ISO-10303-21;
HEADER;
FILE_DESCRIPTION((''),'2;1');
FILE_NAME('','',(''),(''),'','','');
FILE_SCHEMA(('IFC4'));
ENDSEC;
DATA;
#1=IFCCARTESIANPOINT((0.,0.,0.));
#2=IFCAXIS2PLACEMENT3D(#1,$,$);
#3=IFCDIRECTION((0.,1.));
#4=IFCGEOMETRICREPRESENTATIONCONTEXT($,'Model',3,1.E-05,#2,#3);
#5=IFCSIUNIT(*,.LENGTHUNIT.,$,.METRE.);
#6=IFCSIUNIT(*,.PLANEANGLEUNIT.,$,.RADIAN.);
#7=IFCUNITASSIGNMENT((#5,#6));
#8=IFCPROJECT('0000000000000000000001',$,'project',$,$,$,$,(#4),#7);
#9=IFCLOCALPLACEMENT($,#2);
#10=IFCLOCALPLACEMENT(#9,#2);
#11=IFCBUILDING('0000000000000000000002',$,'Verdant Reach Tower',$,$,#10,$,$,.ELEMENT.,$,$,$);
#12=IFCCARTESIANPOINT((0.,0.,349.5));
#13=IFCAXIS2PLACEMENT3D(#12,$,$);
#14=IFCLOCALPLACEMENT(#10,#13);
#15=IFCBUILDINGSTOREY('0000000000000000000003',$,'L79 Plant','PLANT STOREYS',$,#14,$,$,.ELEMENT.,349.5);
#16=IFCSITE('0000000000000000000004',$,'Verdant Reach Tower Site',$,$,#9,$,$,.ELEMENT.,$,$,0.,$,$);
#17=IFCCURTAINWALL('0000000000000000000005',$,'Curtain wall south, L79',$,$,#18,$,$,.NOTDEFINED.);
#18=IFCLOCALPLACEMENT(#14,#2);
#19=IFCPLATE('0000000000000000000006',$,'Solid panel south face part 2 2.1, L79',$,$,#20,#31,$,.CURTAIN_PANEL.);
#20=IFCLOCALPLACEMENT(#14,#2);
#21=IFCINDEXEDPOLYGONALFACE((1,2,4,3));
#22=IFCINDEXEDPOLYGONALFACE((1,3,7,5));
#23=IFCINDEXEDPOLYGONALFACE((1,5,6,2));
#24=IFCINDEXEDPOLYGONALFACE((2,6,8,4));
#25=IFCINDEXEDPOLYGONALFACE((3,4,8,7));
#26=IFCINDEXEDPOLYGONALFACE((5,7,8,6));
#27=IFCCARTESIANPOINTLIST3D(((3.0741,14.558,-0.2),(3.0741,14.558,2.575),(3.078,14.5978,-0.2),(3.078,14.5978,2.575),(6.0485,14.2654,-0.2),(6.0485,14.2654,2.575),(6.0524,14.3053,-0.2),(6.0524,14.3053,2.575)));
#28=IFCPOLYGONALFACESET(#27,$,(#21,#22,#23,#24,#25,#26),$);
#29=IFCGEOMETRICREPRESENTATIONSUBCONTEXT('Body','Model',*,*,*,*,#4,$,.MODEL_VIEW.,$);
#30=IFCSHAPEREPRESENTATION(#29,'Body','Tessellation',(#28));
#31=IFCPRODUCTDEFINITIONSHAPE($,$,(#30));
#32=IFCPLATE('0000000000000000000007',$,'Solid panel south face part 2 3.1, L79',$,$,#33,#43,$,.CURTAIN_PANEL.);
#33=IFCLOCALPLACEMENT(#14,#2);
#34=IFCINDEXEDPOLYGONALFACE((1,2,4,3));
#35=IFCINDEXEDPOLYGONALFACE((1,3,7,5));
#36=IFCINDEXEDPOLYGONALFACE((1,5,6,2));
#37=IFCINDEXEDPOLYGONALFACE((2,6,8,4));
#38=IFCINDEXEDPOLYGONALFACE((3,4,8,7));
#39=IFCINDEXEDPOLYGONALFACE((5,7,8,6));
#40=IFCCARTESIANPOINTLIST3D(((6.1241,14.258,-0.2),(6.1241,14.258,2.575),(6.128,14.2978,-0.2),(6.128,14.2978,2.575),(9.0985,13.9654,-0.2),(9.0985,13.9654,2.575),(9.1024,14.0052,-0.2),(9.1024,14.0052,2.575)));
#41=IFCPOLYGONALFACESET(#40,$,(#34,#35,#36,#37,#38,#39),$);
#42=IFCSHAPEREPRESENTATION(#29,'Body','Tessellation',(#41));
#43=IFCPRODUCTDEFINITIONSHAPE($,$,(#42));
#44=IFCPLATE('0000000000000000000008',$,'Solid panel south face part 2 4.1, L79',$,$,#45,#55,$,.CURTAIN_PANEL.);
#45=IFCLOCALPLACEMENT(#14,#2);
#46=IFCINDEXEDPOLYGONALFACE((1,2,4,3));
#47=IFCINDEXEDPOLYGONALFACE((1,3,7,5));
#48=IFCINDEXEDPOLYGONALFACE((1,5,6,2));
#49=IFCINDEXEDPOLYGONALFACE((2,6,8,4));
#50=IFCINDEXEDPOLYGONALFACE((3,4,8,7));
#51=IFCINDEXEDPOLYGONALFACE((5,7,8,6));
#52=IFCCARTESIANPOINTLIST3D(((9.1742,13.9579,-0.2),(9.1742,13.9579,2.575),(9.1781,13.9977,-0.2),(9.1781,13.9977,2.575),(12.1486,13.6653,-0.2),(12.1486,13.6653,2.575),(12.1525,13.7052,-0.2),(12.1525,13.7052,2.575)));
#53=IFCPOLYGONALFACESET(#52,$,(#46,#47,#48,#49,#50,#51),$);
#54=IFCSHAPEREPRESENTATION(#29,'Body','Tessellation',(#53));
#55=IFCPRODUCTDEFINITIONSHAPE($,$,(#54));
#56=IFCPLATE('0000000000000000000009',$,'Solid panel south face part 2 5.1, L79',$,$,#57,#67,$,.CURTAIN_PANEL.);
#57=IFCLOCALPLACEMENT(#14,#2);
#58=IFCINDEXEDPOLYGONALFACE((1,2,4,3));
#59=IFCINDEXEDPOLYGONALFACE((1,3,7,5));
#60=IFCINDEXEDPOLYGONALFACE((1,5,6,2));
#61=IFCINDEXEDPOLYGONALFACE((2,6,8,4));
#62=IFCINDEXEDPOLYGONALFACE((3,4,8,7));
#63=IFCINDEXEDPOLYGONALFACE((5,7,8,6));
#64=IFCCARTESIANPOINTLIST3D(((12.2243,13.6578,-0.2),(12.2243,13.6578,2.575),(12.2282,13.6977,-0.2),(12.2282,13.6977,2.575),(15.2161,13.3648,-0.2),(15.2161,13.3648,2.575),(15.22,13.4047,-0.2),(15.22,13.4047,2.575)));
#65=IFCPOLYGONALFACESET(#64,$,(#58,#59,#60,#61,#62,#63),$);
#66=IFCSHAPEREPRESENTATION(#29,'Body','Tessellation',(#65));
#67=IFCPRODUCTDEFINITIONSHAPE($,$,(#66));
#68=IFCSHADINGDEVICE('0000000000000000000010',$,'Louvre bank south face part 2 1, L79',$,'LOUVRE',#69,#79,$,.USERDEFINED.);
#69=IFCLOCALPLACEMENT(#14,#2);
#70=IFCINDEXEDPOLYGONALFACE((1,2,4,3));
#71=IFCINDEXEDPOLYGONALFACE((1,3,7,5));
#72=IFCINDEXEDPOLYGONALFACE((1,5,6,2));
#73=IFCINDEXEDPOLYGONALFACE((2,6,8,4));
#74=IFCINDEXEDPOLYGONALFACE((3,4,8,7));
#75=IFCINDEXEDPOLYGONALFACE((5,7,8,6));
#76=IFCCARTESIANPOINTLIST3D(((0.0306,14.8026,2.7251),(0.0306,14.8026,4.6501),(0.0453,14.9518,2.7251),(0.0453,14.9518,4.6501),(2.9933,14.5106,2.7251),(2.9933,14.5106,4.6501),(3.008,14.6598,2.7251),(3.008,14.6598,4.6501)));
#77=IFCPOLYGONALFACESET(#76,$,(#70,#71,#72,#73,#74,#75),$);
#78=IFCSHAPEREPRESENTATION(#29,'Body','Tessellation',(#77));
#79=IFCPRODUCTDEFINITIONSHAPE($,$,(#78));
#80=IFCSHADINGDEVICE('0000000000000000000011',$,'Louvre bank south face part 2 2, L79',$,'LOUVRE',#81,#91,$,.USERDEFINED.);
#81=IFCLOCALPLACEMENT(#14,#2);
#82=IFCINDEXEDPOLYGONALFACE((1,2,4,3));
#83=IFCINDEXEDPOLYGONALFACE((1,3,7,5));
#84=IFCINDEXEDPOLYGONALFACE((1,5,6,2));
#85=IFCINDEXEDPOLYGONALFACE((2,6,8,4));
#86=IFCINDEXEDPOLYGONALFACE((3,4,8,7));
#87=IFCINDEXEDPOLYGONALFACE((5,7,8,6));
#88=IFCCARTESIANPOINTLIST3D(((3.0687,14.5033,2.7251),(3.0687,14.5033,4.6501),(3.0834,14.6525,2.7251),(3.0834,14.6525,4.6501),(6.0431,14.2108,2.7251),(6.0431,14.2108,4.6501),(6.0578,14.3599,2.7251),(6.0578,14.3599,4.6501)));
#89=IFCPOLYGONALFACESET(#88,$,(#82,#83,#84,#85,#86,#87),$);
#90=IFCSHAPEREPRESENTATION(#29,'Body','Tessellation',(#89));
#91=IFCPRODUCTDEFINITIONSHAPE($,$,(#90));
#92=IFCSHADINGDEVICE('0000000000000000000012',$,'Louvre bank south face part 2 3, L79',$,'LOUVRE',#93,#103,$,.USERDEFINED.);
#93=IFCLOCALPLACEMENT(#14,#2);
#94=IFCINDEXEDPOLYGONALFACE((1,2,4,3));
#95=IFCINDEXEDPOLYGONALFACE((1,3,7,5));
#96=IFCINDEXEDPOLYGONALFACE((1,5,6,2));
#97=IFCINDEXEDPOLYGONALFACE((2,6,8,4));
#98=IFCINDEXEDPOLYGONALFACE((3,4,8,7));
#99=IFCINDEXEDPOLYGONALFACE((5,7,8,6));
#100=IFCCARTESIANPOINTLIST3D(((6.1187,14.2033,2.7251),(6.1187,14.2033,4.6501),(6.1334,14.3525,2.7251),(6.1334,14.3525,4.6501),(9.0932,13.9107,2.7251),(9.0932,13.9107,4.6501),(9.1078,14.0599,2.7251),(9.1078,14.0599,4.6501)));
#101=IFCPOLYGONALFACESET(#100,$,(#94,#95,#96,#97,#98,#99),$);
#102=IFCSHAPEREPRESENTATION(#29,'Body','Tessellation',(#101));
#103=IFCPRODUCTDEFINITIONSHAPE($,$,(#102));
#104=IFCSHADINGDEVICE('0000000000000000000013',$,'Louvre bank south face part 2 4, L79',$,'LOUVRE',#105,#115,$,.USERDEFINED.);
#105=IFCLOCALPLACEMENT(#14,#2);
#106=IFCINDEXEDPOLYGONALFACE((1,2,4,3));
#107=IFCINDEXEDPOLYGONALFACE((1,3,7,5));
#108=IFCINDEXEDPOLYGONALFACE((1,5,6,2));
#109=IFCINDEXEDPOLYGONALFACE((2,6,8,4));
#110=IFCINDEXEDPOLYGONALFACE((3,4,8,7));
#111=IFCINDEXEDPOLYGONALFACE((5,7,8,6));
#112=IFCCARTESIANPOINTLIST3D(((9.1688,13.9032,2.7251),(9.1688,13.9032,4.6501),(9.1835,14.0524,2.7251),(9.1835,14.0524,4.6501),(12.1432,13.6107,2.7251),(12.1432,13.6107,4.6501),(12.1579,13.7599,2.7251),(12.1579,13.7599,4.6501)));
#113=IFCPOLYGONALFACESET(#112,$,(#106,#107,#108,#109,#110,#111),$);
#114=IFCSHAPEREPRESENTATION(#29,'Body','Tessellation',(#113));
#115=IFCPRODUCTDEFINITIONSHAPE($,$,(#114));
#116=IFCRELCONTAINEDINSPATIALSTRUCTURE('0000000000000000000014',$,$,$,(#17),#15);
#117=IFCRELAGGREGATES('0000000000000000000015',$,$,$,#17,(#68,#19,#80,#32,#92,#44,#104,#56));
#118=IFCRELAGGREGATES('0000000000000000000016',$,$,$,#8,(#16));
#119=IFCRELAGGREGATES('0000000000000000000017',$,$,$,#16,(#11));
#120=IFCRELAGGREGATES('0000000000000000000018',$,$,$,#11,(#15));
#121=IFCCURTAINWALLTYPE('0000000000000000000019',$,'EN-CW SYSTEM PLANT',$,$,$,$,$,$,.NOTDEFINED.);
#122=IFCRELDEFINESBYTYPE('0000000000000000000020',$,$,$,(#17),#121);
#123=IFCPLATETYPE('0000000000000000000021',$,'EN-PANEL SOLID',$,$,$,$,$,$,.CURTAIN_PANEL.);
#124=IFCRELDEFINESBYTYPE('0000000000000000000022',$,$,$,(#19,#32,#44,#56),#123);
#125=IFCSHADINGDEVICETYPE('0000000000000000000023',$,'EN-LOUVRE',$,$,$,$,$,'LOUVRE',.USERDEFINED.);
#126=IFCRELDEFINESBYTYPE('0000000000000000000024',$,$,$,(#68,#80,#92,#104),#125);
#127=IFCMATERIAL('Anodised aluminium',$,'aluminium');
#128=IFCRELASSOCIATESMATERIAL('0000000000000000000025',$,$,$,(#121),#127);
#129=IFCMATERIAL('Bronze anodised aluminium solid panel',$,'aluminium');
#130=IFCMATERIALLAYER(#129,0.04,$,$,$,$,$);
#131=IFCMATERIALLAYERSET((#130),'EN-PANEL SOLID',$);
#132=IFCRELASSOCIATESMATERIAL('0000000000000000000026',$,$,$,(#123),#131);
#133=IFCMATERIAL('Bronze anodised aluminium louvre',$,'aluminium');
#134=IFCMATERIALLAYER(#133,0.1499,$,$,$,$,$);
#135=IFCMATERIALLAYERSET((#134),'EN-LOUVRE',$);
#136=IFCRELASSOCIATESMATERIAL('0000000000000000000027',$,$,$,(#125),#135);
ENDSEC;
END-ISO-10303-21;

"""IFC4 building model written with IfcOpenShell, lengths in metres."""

from ifc_helpers import new_model, si_unit, direction, frame, origin, origin_2d, place, context, subcontext, project, spatial, rectangle, extrude, material, layer, layer_set, type_object, element, aggregate, save


model = new_model("IFC4")

# Units and contexts
model_context = context("Model", 3, precision=1e-05, world=origin(), true_north=direction((0.0, 1.0)))
body_context = subcontext(model_context, "Body", "Model", "MODEL_VIEW")
ifc_project = project(units=[si_unit("LENGTHUNIT", "METRE"), si_unit("PLANEANGLEUNIT", "RADIAN")], contexts=[model_context])

# Site, building, storey
site_placement = place(None, origin())
site = spatial("IfcSite", under=ifc_project, at=site_placement, Name="Verdant Reach Tower Site", CompositionType="ELEMENT", RefElevation=0.0)
building_placement = place(site_placement, origin())
building = spatial("IfcBuilding", under=site, at=building_placement, Name="Verdant Reach Tower", CompositionType="ELEMENT")
storey_placement = place(building_placement, frame((0.0, 0.0, 349.5)))
storey = spatial("IfcBuildingStorey", under=building, at=storey_placement, Name="L79 Plant", Description="PLANT STOREYS", CompositionType="ELEMENT", Elevation=349.5)

# Curtain wall
ifc_material_1 = material(Name="Anodised aluminium", Category="aluminium")
curtain_wall_type = type_object("IfcCurtainWallType", Name="EN-CW SYSTEM PLANT", PredefinedType="NOTDEFINED", material=ifc_material_1)
curtain_wall_placement = place(storey_placement, origin())
curtain_wall = element("IfcCurtainWall", 1, at=curtain_wall_placement, inside=storey, type_object=curtain_wall_type, Name="Curtain wall south, L79", PredefinedType="NOTDEFINED")

# Plates
ifc_material_2 = material(Name="Bronze anodised aluminium solid panel", Category="aluminium")
ifc_layer_1 = layer(ifc_material_2, 0.04)
ifc_layer_set_1 = layer_set([ifc_layer_1], Name="EN-PANEL SOLID")
plate_type = type_object("IfcPlateType", Name="EN-PANEL SOLID", PredefinedType="CURTAIN_PANEL", material=ifc_layer_set_1)
plate_1_placement = place(storey_placement, frame((4.5632, 14.4316, -0.2), z_axis=(0.0, 0.0, 1.0), x_axis=(0.995197, -0.097888, 0.0)))
plate_1 = element("IfcPlate", 2, at=plate_1_placement, type_object=plate_type, Name="Solid panel south face part 2 2.1, L79", PredefinedType="CURTAIN_PANEL", context=body_context, shape_type="SweptSolid", body=[
    extrude(rectangle(XDim=2.9888, YDim=0.04, at=origin_2d()), origin(), (0.0, 0.0, 1.0), 2.7749),
])
plate_2_placement = place(storey_placement, frame((7.6133, 14.1316, -0.2), z_axis=(0.0, 0.0, 1.0), x_axis=(0.995197, -0.097888, 0.0)))
plate_2 = element("IfcPlate", 3, at=plate_2_placement, type_object=plate_type, Name="Solid panel south face part 2 3.1, L79", PredefinedType="CURTAIN_PANEL", context=body_context, shape_type="SweptSolid", body=[
    extrude(rectangle(XDim=2.9888, YDim=0.04, at=origin_2d()), origin(), (0.0, 0.0, 1.0), 2.7749),
])
plate_3_placement = place(storey_placement, frame((10.6633, 13.8315, -0.2), z_axis=(0.0, 0.0, 1.0), x_axis=(0.995197, -0.097888, 0.0)))
plate_3 = element("IfcPlate", 4, at=plate_3_placement, type_object=plate_type, Name="Solid panel south face part 2 4.1, L79", PredefinedType="CURTAIN_PANEL", context=body_context, shape_type="SweptSolid", body=[
    extrude(rectangle(XDim=2.9888, YDim=0.04, at=origin_2d()), origin(), (0.0, 0.0, 1.0), 2.7749),
])
plate_4_placement = place(storey_placement, frame((13.7222, 13.5312, -0.2), z_axis=(0.0, 0.0, 1.0), x_axis=(0.995238, -0.097473, 0.0)))
plate_4 = element("IfcPlate", 5, at=plate_4_placement, type_object=plate_type, Name="Solid panel south face part 2 5.1, L79", PredefinedType="CURTAIN_PANEL", context=body_context, shape_type="SweptSolid", body=[
    extrude(rectangle(XDim=3.0061, YDim=0.04, at=origin_2d()), origin(), (0.0, 0.0, 1.0), 2.7749),
])

# Shading devices
ifc_material_3 = material(Name="Bronze anodised aluminium louvre", Category="aluminium")
ifc_layer_2 = layer(ifc_material_3, 0.1499)
ifc_layer_set_2 = layer_set([ifc_layer_2], Name="EN-LOUVRE")
shading_device_type = type_object("IfcShadingDeviceType", Name="EN-LOUVRE", ElementType="LOUVRE", PredefinedType="USERDEFINED", material=ifc_layer_set_2)
shading_device_1_placement = place(storey_placement, frame((1.5193, 14.7312, 2.7251), z_axis=(0.0, 0.0, 1.0), x_axis=(0.995179, -0.098075, 0.0)))
shading_device_1 = element("IfcShadingDevice", 6, at=shading_device_1_placement, type_object=shading_device_type, Name="Louvre bank south face part 2 1, L79", ObjectType="LOUVRE", PredefinedType="USERDEFINED", context=body_context, shape_type="SweptSolid", body=[
    extrude(rectangle(XDim=2.9771, YDim=0.1499, at=origin_2d()), origin(), (0.0, 0.0, 1.0), 1.925),
])
shading_device_2_placement = place(storey_placement, frame((4.5632, 14.4316, 2.7251), z_axis=(0.0, 0.0, 1.0), x_axis=(0.995197, -0.097888, 0.0)))
shading_device_2 = element("IfcShadingDevice", 7, at=shading_device_2_placement, type_object=shading_device_type, Name="Louvre bank south face part 2 2, L79", ObjectType="LOUVRE", PredefinedType="USERDEFINED", context=body_context, shape_type="SweptSolid", body=[
    extrude(rectangle(XDim=2.9888, YDim=0.1499, at=origin_2d()), origin(), (0.0, 0.0, 1.0), 1.925),
])
shading_device_3_placement = place(storey_placement, frame((7.6133, 14.1316, 2.7251), z_axis=(0.0, 0.0, 1.0), x_axis=(0.995197, -0.097888, 0.0)))
shading_device_3 = element("IfcShadingDevice", 8, at=shading_device_3_placement, type_object=shading_device_type, Name="Louvre bank south face part 2 3, L79", ObjectType="LOUVRE", PredefinedType="USERDEFINED", context=body_context, shape_type="SweptSolid", body=[
    extrude(rectangle(XDim=2.9888, YDim=0.1499, at=origin_2d()), origin(), (0.0, 0.0, 1.0), 1.925),
])
shading_device_4_placement = place(storey_placement, frame((10.6633, 13.8315, 2.7251), z_axis=(0.0, 0.0, 1.0), x_axis=(0.995197, -0.097888, 0.0)))
shading_device_4 = element("IfcShadingDevice", 9, at=shading_device_4_placement, type_object=shading_device_type, Name="Louvre bank south face part 2 4, L79", ObjectType="LOUVRE", PredefinedType="USERDEFINED", context=body_context, shape_type="SweptSolid", body=[
    extrude(rectangle(XDim=2.9888, YDim=0.1499, at=origin_2d()), origin(), (0.0, 0.0, 1.0), 1.925),
])
aggregate(curtain_wall, [shading_device_1, plate_1, shading_device_2, plate_2, shading_device_3, plate_3, shading_device_4, plate_4])

save(model, "model.ifc")
